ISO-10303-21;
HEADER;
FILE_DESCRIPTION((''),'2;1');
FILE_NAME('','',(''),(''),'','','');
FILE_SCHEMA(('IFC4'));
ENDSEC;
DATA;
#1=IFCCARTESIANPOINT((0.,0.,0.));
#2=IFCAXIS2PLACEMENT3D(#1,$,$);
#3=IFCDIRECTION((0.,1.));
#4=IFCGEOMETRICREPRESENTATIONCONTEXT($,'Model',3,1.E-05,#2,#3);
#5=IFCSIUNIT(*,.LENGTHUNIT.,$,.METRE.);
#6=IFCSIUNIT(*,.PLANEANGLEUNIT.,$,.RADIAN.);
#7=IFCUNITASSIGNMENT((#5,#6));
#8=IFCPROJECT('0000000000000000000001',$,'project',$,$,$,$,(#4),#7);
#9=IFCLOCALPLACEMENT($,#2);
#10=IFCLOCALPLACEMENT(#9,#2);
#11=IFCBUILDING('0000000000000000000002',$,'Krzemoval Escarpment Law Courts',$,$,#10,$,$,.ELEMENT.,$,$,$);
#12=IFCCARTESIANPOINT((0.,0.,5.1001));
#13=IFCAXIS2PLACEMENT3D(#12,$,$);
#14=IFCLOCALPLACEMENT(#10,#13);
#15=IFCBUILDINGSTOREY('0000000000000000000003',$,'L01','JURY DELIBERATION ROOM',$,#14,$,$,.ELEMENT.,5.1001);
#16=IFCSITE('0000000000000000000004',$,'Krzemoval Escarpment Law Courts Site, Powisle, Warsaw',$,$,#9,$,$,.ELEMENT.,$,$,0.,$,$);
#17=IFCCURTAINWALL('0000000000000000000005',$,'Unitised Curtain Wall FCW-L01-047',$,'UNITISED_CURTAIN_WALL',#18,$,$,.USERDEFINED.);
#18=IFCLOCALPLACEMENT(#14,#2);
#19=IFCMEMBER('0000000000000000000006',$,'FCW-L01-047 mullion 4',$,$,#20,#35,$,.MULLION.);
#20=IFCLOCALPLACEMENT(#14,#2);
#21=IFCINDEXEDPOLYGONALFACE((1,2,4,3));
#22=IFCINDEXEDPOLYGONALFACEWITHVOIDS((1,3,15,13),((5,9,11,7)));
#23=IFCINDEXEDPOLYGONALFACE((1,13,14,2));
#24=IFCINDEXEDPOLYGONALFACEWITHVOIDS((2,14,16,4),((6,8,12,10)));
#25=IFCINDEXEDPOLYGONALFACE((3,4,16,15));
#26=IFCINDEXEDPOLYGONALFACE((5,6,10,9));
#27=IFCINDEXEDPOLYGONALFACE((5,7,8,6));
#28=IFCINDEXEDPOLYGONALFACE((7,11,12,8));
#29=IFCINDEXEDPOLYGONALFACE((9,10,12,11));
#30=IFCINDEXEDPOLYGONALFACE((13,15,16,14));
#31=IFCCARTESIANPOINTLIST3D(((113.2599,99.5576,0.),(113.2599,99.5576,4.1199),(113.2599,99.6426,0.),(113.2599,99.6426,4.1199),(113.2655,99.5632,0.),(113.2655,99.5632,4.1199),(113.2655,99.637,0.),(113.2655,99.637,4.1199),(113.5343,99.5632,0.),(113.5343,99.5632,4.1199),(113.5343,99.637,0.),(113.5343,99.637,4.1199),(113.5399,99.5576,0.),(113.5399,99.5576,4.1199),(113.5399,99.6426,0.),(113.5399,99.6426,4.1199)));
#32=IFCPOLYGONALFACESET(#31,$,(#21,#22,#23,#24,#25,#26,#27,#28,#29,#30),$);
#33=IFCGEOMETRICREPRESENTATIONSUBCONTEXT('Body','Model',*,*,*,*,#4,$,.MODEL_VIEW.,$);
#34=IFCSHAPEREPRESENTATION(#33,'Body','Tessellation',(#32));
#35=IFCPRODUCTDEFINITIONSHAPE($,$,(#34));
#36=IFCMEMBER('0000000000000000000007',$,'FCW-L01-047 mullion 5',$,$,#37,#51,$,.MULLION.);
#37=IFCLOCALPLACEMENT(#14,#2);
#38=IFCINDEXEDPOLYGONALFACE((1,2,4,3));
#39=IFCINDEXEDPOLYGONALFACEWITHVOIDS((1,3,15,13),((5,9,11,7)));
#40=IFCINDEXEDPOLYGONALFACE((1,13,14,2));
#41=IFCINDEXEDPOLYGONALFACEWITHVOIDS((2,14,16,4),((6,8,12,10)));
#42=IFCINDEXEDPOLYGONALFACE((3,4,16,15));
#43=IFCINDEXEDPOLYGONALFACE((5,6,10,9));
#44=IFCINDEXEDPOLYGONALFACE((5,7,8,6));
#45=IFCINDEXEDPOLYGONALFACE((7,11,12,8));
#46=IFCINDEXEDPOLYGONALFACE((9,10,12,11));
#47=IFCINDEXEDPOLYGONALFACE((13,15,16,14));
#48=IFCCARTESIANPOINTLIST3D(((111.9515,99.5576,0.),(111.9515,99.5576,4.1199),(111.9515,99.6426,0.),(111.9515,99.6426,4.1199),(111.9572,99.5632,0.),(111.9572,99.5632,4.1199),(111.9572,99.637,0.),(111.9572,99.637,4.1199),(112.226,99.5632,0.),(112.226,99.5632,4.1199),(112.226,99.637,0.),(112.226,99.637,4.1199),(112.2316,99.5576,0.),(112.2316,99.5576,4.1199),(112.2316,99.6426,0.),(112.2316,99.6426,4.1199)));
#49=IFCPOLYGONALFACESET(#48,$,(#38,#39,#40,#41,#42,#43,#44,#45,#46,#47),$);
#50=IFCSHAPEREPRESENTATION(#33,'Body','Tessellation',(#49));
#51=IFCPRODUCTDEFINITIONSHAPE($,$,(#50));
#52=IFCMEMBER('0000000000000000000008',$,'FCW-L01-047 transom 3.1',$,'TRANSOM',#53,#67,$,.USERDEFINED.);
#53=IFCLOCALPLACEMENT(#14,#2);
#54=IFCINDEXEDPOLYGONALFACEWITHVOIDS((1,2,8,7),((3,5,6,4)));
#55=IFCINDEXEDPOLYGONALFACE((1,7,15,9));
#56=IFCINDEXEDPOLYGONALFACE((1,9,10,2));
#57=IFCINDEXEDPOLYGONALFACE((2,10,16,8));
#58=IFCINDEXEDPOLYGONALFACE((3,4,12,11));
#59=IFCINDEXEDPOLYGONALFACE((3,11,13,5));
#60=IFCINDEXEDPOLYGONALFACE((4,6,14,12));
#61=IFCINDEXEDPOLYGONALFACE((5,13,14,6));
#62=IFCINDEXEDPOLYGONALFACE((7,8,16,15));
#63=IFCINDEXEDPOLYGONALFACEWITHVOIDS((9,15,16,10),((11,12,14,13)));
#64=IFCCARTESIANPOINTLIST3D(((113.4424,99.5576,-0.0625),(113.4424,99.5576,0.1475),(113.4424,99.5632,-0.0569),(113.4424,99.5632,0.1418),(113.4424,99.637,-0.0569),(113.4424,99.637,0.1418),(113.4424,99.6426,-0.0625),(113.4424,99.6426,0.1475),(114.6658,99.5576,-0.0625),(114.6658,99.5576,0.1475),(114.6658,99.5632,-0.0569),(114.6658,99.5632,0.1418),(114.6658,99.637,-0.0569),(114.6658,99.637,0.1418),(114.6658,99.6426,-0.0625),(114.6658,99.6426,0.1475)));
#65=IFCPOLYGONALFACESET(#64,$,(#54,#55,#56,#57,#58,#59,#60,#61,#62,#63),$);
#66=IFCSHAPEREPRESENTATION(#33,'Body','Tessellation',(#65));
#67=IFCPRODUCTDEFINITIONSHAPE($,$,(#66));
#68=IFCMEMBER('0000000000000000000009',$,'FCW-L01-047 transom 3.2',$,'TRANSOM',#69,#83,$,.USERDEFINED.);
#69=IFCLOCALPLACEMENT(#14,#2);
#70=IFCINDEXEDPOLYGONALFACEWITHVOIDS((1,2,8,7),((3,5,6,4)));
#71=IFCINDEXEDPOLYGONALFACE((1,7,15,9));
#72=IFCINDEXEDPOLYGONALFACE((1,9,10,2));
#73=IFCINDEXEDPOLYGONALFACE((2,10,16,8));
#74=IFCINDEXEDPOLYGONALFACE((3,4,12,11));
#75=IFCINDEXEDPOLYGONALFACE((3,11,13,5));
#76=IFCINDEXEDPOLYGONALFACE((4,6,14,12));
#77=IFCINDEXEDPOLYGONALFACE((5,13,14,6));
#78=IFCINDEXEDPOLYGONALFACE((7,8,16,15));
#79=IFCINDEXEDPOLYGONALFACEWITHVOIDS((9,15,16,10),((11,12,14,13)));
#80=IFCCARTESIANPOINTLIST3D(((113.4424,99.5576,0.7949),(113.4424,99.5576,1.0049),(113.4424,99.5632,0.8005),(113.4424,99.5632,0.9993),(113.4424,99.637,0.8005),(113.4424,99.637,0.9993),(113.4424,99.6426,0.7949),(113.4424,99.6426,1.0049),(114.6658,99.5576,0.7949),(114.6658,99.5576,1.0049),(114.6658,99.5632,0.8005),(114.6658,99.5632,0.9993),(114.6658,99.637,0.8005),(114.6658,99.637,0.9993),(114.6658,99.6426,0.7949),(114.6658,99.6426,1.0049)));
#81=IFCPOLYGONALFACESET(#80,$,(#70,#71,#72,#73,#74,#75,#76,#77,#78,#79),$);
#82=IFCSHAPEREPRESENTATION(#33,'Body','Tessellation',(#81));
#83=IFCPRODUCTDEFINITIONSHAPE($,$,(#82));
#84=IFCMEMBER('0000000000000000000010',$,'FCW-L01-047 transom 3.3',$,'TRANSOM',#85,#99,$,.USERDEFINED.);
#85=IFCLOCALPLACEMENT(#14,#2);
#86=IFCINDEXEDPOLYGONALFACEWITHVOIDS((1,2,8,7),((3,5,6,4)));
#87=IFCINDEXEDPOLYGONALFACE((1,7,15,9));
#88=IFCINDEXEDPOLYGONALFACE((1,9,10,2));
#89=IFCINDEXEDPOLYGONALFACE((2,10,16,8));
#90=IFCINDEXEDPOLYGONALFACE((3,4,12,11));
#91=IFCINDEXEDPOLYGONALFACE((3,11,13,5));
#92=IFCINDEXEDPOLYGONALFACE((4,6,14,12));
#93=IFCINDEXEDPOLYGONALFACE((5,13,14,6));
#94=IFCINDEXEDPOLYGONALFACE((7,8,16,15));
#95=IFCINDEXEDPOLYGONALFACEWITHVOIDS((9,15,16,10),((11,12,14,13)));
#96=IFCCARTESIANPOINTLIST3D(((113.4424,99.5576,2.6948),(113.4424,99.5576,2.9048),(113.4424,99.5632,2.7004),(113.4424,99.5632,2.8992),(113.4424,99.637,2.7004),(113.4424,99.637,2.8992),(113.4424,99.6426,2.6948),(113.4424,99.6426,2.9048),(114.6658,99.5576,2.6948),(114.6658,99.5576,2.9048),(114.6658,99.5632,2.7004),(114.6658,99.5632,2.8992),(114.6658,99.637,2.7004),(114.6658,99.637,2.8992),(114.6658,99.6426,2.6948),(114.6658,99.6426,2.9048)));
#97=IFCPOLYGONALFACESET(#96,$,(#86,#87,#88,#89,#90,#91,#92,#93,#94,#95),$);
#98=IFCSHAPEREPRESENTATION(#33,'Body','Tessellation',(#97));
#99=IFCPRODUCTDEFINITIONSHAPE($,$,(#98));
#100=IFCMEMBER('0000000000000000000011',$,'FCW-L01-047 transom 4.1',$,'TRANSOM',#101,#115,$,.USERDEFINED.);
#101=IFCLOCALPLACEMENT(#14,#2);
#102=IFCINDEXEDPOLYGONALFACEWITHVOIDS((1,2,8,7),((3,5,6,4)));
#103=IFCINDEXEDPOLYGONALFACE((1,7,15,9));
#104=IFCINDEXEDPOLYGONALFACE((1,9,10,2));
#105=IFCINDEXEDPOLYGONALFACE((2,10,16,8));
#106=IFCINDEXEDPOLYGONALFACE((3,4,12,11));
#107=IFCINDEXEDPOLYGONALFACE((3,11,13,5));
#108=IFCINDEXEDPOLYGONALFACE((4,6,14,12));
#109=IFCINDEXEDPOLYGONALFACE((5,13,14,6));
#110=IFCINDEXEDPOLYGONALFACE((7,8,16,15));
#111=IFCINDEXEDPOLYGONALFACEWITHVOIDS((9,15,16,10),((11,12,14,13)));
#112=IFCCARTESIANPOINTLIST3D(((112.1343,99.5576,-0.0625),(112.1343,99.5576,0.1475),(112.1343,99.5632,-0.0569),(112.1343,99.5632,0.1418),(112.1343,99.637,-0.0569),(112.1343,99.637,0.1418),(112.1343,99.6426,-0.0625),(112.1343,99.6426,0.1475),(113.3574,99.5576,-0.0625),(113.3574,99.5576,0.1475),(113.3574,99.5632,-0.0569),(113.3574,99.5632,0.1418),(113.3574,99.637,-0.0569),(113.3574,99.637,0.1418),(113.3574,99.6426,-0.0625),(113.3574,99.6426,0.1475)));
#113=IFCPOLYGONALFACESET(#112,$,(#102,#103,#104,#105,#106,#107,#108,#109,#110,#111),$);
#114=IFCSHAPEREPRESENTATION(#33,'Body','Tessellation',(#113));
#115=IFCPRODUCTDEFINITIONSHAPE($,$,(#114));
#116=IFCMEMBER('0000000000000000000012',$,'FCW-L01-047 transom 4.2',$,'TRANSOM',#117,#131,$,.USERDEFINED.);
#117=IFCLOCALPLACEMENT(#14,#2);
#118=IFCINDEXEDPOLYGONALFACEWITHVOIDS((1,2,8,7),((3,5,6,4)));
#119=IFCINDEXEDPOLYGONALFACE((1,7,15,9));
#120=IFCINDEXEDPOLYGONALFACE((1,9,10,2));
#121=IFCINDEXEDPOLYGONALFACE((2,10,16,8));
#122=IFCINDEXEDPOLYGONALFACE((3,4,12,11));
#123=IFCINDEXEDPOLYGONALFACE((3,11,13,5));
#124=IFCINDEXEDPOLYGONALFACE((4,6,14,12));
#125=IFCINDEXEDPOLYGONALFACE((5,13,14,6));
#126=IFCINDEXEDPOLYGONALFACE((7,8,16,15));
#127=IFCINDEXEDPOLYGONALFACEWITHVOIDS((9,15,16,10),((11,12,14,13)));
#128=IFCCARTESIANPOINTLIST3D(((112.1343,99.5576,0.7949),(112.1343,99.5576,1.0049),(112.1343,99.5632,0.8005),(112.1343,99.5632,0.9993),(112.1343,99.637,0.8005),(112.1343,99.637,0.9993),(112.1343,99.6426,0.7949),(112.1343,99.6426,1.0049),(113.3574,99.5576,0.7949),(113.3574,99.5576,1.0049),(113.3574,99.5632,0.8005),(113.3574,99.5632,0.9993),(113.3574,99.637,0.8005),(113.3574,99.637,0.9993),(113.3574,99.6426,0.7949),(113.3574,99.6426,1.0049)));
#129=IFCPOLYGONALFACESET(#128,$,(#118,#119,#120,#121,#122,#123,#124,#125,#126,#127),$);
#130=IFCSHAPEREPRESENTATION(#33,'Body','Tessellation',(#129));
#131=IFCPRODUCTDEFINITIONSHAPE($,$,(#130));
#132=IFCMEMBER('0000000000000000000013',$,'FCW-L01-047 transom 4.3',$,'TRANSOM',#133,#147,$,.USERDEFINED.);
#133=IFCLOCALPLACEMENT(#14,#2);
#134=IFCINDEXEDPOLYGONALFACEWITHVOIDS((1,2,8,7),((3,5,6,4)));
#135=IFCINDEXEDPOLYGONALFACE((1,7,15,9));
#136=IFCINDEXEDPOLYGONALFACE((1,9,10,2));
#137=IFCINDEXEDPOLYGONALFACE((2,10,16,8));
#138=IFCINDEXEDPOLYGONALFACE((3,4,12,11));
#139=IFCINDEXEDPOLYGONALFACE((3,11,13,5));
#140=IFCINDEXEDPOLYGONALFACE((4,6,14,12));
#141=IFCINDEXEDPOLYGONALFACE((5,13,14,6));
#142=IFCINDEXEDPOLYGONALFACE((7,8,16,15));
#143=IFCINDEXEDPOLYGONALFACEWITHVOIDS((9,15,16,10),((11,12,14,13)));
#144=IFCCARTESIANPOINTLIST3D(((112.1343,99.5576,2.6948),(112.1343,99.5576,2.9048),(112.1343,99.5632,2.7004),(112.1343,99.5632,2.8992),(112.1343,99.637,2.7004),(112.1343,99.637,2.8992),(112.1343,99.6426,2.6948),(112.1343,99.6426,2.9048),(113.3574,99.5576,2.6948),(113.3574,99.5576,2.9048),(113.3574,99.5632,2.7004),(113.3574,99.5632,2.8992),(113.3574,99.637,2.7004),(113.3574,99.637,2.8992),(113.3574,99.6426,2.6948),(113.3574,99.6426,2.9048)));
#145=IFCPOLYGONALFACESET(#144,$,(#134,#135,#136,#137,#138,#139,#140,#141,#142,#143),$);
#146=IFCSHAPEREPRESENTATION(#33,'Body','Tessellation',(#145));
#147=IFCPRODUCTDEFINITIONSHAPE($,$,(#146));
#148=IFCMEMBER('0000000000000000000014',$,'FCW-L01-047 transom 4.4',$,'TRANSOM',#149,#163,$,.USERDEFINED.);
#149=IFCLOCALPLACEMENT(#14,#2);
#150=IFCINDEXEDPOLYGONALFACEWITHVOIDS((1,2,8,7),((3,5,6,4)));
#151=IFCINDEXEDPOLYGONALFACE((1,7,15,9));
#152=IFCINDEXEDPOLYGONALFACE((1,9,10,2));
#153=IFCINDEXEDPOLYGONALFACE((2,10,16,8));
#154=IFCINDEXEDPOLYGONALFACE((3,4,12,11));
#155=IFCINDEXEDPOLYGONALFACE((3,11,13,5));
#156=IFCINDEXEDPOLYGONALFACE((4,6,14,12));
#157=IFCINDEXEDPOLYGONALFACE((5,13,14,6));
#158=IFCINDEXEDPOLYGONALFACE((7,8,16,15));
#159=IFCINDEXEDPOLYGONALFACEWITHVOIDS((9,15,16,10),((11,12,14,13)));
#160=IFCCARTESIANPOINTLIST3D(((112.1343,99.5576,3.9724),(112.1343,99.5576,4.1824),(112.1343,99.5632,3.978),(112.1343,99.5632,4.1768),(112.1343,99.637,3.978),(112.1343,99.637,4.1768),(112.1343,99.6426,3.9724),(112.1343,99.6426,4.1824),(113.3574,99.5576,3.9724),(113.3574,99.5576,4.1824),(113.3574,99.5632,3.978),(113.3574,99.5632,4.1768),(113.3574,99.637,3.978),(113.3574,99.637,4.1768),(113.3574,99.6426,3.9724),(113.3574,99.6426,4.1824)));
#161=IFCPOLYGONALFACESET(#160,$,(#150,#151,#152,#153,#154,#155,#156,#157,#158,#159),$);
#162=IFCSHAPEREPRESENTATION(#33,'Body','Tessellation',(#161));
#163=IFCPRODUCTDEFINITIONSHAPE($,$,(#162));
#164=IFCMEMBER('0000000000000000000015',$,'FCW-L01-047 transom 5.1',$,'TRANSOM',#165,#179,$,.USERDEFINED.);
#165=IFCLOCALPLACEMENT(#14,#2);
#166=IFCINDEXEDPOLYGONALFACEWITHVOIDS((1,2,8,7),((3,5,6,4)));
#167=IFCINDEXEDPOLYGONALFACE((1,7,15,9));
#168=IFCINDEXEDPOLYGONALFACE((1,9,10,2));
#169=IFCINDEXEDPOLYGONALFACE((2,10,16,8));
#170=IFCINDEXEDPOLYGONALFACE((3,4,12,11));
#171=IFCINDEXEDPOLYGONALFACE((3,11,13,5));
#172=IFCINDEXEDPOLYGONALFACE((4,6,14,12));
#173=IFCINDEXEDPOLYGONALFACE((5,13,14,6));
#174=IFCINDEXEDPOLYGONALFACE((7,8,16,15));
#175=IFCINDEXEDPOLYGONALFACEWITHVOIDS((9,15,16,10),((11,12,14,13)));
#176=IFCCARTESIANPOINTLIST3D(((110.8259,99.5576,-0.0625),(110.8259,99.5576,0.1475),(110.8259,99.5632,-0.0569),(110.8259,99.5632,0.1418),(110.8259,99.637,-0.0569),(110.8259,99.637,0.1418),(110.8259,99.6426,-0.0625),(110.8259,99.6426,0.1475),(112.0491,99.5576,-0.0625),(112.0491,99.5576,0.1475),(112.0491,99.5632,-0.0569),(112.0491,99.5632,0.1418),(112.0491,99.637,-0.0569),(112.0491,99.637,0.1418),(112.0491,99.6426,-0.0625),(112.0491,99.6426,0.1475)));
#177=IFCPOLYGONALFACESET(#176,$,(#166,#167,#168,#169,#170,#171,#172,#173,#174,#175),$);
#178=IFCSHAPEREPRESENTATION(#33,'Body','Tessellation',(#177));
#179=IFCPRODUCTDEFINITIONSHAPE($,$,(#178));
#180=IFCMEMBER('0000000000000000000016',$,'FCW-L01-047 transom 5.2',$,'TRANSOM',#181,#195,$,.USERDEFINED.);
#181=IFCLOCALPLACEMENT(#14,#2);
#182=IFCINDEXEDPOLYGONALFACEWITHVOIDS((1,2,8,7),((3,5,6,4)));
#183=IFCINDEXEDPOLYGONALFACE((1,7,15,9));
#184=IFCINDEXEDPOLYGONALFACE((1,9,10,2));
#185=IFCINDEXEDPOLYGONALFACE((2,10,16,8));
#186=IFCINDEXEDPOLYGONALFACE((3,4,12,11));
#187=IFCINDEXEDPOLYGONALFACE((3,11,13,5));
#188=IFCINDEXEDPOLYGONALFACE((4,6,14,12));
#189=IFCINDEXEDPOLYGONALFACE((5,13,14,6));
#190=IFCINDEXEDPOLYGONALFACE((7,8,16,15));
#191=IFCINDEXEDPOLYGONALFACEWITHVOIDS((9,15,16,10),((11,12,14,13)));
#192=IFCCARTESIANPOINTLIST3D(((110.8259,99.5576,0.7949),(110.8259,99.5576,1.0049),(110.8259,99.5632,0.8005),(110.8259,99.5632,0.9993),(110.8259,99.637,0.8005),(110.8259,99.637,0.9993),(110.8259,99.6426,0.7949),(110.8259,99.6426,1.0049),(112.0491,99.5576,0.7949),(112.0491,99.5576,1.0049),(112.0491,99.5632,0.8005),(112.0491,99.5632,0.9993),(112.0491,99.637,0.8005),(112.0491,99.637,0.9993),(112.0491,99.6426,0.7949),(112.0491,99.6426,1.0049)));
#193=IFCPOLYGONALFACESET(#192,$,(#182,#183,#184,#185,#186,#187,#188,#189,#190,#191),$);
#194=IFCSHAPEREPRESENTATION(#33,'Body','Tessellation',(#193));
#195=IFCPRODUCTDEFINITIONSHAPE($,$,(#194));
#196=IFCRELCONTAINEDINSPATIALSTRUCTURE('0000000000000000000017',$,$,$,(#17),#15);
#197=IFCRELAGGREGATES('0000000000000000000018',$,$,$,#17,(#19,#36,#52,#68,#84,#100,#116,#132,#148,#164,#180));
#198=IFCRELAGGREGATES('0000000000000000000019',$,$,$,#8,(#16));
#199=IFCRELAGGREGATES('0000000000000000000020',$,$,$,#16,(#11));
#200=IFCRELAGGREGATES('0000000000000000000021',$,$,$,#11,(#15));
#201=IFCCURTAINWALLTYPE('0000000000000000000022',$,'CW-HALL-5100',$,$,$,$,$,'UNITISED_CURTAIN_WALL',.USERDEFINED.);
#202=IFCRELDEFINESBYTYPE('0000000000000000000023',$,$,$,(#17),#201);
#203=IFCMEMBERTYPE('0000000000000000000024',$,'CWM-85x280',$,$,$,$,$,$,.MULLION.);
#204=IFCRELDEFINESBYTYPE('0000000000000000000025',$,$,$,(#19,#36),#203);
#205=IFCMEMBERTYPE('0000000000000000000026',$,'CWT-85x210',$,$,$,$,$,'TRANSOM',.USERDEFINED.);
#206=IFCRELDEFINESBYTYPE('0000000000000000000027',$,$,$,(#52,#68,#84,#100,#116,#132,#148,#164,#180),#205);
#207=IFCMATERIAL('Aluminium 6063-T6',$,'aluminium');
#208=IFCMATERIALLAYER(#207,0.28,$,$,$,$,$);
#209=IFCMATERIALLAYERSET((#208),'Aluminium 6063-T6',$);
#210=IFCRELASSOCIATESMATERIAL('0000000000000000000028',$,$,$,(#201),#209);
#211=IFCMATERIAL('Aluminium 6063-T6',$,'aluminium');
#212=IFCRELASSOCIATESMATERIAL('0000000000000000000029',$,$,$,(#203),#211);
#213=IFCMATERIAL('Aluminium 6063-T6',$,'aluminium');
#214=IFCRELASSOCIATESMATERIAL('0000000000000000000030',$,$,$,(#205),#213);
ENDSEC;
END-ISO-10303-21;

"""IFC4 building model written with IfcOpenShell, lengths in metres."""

from ifc_helpers import new_model, si_unit, direction, frame, origin, origin_2d, place, context, subcontext, project, spatial, hollow_rectangle, extrude, material, layer, layer_set, material_profile, profile_set, type_object, element, aggregate, save


model = new_model("IFC4")

# Units and contexts
model_context = context("Model", 3, precision=1e-05, world=origin(), true_north=direction((0.0, 1.0)))
body_context = subcontext(model_context, "Body", "Model", "MODEL_VIEW")
ifc_project = project(units=[si_unit("LENGTHUNIT", "METRE"), si_unit("PLANEANGLEUNIT", "RADIAN")], contexts=[model_context])

# Site, building, storey
site_placement = place(None, origin())
site = spatial("IfcSite", under=ifc_project, at=site_placement, Name="Krzemoval Escarpment Law Courts Site, Powisle, Warsaw", CompositionType="ELEMENT", RefElevation=0.0)
building_placement = place(site_placement, origin())
building = spatial("IfcBuilding", under=site, at=building_placement, Name="Krzemoval Escarpment Law Courts", CompositionType="ELEMENT")
storey_placement = place(building_placement, frame((0.0, 0.0, 5.1001)))
storey = spatial("IfcBuildingStorey", under=building, at=storey_placement, Name="L01", Description="JURY DELIBERATION ROOM", CompositionType="ELEMENT", Elevation=5.1001)

# Curtain wall, members
ifc_material_1 = material(Name="Aluminium 6063-T6", Category="aluminium")
ifc_layer_1 = layer(ifc_material_1, 0.28)
ifc_layer_set_1 = layer_set([ifc_layer_1], Name="Aluminium 6063-T6")
curtain_wall_type = type_object("IfcCurtainWallType", Name="CW-HALL-5100", ElementType="UNITISED_CURTAIN_WALL", PredefinedType="USERDEFINED", material=ifc_layer_set_1)
curtain_wall_placement = place(storey_placement, origin())
curtain_wall = element("IfcCurtainWall", 1, at=curtain_wall_placement, inside=storey, type_object=curtain_wall_type, Name="Unitised Curtain Wall FCW-L01-047", ObjectType="UNITISED_CURTAIN_WALL", PredefinedType="USERDEFINED")
ifc_material_2 = material(Name="Aluminium 6063-T6", Category="aluminium")
ifc_material_profile_1 = material_profile(ifc_material_2, hollow_rectangle(XDim=0.085, YDim=0.28, WallThickness=0.0056, at=origin_2d()), Name="ALU M85x280")
ifc_profile_set_1 = profile_set([ifc_material_profile_1], Name="Aluminium 6063-T6")
member_type_1 = type_object("IfcMemberType", Name="CWM-85x280", PredefinedType="MULLION", material=ifc_profile_set_1)
member_1_placement = place(storey_placement, frame((113.3999, 99.6001, 0.0), z_axis=(0.0, 0.0, 1.0), x_axis=(0.0, -1.0, 0.0)))
member_1 = element("IfcMember", 2, at=member_1_placement, type_object=member_type_1, Name="FCW-L01-047 mullion 4", PredefinedType="MULLION", context=body_context, shape_type="SweptSolid", body=[
    extrude(hollow_rectangle(XDim=0.085, YDim=0.28, WallThickness=0.0056, at=origin_2d()), origin(), (0.0, 0.0, 1.0), 4.1199),
])
member_2_placement = place(storey_placement, frame((112.0916, 99.6001, 0.0), z_axis=(0.0, 0.0, 1.0), x_axis=(0.0, -1.0, 0.0)))
member_2 = element("IfcMember", 3, at=member_2_placement, type_object=member_type_1, Name="FCW-L01-047 mullion 5", PredefinedType="MULLION", context=body_context, shape_type="SweptSolid", body=[
    extrude(hollow_rectangle(XDim=0.085, YDim=0.28, WallThickness=0.0056, at=origin_2d()), origin(), (0.0, 0.0, 1.0), 4.1199),
])
ifc_material_3 = material(Name="Aluminium 6063-T6", Category="aluminium")
ifc_material_profile_2 = material_profile(ifc_material_3, hollow_rectangle(XDim=0.085, YDim=0.21, WallThickness=0.0056, at=origin_2d()), Name="ALU T85x210")
ifc_profile_set_2 = profile_set([ifc_material_profile_2], Name="Aluminium 6063-T6")
member_type_2 = type_object("IfcMemberType", Name="CWT-85x210", ElementType="TRANSOM", PredefinedType="USERDEFINED", material=ifc_profile_set_2)
member_3_placement = place(storey_placement, frame((114.6658, 99.6001, 0.0425), z_axis=(-1.0, 0.0, 0.0), x_axis=(0.0, -1.0, 0.0)))
member_3 = element("IfcMember", 4, at=member_3_placement, type_object=member_type_2, Name="FCW-L01-047 transom 3.1", ObjectType="TRANSOM", PredefinedType="USERDEFINED", context=body_context, shape_type="SweptSolid", body=[
    extrude(hollow_rectangle(XDim=0.085, YDim=0.21, WallThickness=0.0056, at=origin_2d()), origin(), (0.0, 0.0, 1.0), 1.2234),
])
member_4_placement = place(storey_placement, frame((114.6658, 99.6001, 0.8999), z_axis=(-1.0, 0.0, 0.0), x_axis=(0.0, -1.0, 0.0)))
member_4 = element("IfcMember", 5, at=member_4_placement, type_object=member_type_2, Name="FCW-L01-047 transom 3.2", ObjectType="TRANSOM", PredefinedType="USERDEFINED", context=body_context, shape_type="SweptSolid", body=[
    extrude(hollow_rectangle(XDim=0.085, YDim=0.21, WallThickness=0.0056, at=origin_2d()), origin(), (0.0, 0.0, 1.0), 1.2234),
])
member_5_placement = place(storey_placement, frame((114.6658, 99.6001, 2.7998), z_axis=(-1.0, 0.0, 0.0), x_axis=(0.0, -1.0, 0.0)))
member_5 = element("IfcMember", 6, at=member_5_placement, type_object=member_type_2, Name="FCW-L01-047 transom 3.3", ObjectType="TRANSOM", PredefinedType="USERDEFINED", context=body_context, shape_type="SweptSolid", body=[
    extrude(hollow_rectangle(XDim=0.085, YDim=0.21, WallThickness=0.0056, at=origin_2d()), origin(), (0.0, 0.0, 1.0), 1.2234),
])
member_6_placement = place(storey_placement, frame((113.3574, 99.6001, 0.0425), z_axis=(-1.0, 0.0, 0.0), x_axis=(0.0, -1.0, 0.0)))
member_6 = element("IfcMember", 7, at=member_6_placement, type_object=member_type_2, Name="FCW-L01-047 transom 4.1", ObjectType="TRANSOM", PredefinedType="USERDEFINED", context=body_context, shape_type="SweptSolid", body=[
    extrude(hollow_rectangle(XDim=0.085, YDim=0.21, WallThickness=0.0056, at=origin_2d()), origin(), (0.0, 0.0, 1.0), 1.2231),
])
member_7_placement = place(storey_placement, frame((113.3574, 99.6001, 0.8999), z_axis=(-1.0, 0.0, 0.0), x_axis=(0.0, -1.0, 0.0)))
member_7 = element("IfcMember", 8, at=member_7_placement, type_object=member_type_2, Name="FCW-L01-047 transom 4.2", ObjectType="TRANSOM", PredefinedType="USERDEFINED", context=body_context, shape_type="SweptSolid", body=[
    extrude(hollow_rectangle(XDim=0.085, YDim=0.21, WallThickness=0.0056, at=origin_2d()), origin(), (0.0, 0.0, 1.0), 1.2231),
])
member_8_placement = place(storey_placement, frame((113.3574, 99.6001, 2.7998), z_axis=(-1.0, 0.0, 0.0), x_axis=(0.0, -1.0, 0.0)))
member_8 = element("IfcMember", 9, at=member_8_placement, type_object=member_type_2, Name="FCW-L01-047 transom 4.3", ObjectType="TRANSOM", PredefinedType="USERDEFINED", context=body_context, shape_type="SweptSolid", body=[
    extrude(hollow_rectangle(XDim=0.085, YDim=0.21, WallThickness=0.0056, at=origin_2d()), origin(), (0.0, 0.0, 1.0), 1.2231),
])
member_9_placement = place(storey_placement, frame((113.3574, 99.6001, 4.0774), z_axis=(-1.0, 0.0, 0.0), x_axis=(0.0, -1.0, 0.0)))
member_9 = element("IfcMember", 10, at=member_9_placement, type_object=member_type_2, Name="FCW-L01-047 transom 4.4", ObjectType="TRANSOM", PredefinedType="USERDEFINED", context=body_context, shape_type="SweptSolid", body=[
    extrude(hollow_rectangle(XDim=0.085, YDim=0.21, WallThickness=0.0056, at=origin_2d()), origin(), (0.0, 0.0, 1.0), 1.2231),
])
member_10_placement = place(storey_placement, frame((112.0491, 99.6001, 0.0425), z_axis=(-1.0, 0.0, 0.0), x_axis=(0.0, -1.0, 0.0)))
member_10 = element("IfcMember", 11, at=member_10_placement, type_object=member_type_2, Name="FCW-L01-047 transom 5.1", ObjectType="TRANSOM", PredefinedType="USERDEFINED", context=body_context, shape_type="SweptSolid", body=[
    extrude(hollow_rectangle(XDim=0.085, YDim=0.21, WallThickness=0.0056, at=origin_2d()), origin(), (0.0, 0.0, 1.0), 1.2231),
])
member_11_placement = place(storey_placement, frame((112.0491, 99.6001, 0.8999), z_axis=(-1.0, 0.0, 0.0), x_axis=(0.0, -1.0, 0.0)))
member_11 = element("IfcMember", 12, at=member_11_placement, type_object=member_type_2, Name="FCW-L01-047 transom 5.2", ObjectType="TRANSOM", PredefinedType="USERDEFINED", context=body_context, shape_type="SweptSolid", body=[
    extrude(hollow_rectangle(XDim=0.085, YDim=0.21, WallThickness=0.0056, at=origin_2d()), origin(), (0.0, 0.0, 1.0), 1.2231),
])

aggregate(curtain_wall, [member_1, member_2, member_3, member_4, member_5, member_6, member_7, member_8, member_9, member_10, member_11])

save(model, "model.ifc")
